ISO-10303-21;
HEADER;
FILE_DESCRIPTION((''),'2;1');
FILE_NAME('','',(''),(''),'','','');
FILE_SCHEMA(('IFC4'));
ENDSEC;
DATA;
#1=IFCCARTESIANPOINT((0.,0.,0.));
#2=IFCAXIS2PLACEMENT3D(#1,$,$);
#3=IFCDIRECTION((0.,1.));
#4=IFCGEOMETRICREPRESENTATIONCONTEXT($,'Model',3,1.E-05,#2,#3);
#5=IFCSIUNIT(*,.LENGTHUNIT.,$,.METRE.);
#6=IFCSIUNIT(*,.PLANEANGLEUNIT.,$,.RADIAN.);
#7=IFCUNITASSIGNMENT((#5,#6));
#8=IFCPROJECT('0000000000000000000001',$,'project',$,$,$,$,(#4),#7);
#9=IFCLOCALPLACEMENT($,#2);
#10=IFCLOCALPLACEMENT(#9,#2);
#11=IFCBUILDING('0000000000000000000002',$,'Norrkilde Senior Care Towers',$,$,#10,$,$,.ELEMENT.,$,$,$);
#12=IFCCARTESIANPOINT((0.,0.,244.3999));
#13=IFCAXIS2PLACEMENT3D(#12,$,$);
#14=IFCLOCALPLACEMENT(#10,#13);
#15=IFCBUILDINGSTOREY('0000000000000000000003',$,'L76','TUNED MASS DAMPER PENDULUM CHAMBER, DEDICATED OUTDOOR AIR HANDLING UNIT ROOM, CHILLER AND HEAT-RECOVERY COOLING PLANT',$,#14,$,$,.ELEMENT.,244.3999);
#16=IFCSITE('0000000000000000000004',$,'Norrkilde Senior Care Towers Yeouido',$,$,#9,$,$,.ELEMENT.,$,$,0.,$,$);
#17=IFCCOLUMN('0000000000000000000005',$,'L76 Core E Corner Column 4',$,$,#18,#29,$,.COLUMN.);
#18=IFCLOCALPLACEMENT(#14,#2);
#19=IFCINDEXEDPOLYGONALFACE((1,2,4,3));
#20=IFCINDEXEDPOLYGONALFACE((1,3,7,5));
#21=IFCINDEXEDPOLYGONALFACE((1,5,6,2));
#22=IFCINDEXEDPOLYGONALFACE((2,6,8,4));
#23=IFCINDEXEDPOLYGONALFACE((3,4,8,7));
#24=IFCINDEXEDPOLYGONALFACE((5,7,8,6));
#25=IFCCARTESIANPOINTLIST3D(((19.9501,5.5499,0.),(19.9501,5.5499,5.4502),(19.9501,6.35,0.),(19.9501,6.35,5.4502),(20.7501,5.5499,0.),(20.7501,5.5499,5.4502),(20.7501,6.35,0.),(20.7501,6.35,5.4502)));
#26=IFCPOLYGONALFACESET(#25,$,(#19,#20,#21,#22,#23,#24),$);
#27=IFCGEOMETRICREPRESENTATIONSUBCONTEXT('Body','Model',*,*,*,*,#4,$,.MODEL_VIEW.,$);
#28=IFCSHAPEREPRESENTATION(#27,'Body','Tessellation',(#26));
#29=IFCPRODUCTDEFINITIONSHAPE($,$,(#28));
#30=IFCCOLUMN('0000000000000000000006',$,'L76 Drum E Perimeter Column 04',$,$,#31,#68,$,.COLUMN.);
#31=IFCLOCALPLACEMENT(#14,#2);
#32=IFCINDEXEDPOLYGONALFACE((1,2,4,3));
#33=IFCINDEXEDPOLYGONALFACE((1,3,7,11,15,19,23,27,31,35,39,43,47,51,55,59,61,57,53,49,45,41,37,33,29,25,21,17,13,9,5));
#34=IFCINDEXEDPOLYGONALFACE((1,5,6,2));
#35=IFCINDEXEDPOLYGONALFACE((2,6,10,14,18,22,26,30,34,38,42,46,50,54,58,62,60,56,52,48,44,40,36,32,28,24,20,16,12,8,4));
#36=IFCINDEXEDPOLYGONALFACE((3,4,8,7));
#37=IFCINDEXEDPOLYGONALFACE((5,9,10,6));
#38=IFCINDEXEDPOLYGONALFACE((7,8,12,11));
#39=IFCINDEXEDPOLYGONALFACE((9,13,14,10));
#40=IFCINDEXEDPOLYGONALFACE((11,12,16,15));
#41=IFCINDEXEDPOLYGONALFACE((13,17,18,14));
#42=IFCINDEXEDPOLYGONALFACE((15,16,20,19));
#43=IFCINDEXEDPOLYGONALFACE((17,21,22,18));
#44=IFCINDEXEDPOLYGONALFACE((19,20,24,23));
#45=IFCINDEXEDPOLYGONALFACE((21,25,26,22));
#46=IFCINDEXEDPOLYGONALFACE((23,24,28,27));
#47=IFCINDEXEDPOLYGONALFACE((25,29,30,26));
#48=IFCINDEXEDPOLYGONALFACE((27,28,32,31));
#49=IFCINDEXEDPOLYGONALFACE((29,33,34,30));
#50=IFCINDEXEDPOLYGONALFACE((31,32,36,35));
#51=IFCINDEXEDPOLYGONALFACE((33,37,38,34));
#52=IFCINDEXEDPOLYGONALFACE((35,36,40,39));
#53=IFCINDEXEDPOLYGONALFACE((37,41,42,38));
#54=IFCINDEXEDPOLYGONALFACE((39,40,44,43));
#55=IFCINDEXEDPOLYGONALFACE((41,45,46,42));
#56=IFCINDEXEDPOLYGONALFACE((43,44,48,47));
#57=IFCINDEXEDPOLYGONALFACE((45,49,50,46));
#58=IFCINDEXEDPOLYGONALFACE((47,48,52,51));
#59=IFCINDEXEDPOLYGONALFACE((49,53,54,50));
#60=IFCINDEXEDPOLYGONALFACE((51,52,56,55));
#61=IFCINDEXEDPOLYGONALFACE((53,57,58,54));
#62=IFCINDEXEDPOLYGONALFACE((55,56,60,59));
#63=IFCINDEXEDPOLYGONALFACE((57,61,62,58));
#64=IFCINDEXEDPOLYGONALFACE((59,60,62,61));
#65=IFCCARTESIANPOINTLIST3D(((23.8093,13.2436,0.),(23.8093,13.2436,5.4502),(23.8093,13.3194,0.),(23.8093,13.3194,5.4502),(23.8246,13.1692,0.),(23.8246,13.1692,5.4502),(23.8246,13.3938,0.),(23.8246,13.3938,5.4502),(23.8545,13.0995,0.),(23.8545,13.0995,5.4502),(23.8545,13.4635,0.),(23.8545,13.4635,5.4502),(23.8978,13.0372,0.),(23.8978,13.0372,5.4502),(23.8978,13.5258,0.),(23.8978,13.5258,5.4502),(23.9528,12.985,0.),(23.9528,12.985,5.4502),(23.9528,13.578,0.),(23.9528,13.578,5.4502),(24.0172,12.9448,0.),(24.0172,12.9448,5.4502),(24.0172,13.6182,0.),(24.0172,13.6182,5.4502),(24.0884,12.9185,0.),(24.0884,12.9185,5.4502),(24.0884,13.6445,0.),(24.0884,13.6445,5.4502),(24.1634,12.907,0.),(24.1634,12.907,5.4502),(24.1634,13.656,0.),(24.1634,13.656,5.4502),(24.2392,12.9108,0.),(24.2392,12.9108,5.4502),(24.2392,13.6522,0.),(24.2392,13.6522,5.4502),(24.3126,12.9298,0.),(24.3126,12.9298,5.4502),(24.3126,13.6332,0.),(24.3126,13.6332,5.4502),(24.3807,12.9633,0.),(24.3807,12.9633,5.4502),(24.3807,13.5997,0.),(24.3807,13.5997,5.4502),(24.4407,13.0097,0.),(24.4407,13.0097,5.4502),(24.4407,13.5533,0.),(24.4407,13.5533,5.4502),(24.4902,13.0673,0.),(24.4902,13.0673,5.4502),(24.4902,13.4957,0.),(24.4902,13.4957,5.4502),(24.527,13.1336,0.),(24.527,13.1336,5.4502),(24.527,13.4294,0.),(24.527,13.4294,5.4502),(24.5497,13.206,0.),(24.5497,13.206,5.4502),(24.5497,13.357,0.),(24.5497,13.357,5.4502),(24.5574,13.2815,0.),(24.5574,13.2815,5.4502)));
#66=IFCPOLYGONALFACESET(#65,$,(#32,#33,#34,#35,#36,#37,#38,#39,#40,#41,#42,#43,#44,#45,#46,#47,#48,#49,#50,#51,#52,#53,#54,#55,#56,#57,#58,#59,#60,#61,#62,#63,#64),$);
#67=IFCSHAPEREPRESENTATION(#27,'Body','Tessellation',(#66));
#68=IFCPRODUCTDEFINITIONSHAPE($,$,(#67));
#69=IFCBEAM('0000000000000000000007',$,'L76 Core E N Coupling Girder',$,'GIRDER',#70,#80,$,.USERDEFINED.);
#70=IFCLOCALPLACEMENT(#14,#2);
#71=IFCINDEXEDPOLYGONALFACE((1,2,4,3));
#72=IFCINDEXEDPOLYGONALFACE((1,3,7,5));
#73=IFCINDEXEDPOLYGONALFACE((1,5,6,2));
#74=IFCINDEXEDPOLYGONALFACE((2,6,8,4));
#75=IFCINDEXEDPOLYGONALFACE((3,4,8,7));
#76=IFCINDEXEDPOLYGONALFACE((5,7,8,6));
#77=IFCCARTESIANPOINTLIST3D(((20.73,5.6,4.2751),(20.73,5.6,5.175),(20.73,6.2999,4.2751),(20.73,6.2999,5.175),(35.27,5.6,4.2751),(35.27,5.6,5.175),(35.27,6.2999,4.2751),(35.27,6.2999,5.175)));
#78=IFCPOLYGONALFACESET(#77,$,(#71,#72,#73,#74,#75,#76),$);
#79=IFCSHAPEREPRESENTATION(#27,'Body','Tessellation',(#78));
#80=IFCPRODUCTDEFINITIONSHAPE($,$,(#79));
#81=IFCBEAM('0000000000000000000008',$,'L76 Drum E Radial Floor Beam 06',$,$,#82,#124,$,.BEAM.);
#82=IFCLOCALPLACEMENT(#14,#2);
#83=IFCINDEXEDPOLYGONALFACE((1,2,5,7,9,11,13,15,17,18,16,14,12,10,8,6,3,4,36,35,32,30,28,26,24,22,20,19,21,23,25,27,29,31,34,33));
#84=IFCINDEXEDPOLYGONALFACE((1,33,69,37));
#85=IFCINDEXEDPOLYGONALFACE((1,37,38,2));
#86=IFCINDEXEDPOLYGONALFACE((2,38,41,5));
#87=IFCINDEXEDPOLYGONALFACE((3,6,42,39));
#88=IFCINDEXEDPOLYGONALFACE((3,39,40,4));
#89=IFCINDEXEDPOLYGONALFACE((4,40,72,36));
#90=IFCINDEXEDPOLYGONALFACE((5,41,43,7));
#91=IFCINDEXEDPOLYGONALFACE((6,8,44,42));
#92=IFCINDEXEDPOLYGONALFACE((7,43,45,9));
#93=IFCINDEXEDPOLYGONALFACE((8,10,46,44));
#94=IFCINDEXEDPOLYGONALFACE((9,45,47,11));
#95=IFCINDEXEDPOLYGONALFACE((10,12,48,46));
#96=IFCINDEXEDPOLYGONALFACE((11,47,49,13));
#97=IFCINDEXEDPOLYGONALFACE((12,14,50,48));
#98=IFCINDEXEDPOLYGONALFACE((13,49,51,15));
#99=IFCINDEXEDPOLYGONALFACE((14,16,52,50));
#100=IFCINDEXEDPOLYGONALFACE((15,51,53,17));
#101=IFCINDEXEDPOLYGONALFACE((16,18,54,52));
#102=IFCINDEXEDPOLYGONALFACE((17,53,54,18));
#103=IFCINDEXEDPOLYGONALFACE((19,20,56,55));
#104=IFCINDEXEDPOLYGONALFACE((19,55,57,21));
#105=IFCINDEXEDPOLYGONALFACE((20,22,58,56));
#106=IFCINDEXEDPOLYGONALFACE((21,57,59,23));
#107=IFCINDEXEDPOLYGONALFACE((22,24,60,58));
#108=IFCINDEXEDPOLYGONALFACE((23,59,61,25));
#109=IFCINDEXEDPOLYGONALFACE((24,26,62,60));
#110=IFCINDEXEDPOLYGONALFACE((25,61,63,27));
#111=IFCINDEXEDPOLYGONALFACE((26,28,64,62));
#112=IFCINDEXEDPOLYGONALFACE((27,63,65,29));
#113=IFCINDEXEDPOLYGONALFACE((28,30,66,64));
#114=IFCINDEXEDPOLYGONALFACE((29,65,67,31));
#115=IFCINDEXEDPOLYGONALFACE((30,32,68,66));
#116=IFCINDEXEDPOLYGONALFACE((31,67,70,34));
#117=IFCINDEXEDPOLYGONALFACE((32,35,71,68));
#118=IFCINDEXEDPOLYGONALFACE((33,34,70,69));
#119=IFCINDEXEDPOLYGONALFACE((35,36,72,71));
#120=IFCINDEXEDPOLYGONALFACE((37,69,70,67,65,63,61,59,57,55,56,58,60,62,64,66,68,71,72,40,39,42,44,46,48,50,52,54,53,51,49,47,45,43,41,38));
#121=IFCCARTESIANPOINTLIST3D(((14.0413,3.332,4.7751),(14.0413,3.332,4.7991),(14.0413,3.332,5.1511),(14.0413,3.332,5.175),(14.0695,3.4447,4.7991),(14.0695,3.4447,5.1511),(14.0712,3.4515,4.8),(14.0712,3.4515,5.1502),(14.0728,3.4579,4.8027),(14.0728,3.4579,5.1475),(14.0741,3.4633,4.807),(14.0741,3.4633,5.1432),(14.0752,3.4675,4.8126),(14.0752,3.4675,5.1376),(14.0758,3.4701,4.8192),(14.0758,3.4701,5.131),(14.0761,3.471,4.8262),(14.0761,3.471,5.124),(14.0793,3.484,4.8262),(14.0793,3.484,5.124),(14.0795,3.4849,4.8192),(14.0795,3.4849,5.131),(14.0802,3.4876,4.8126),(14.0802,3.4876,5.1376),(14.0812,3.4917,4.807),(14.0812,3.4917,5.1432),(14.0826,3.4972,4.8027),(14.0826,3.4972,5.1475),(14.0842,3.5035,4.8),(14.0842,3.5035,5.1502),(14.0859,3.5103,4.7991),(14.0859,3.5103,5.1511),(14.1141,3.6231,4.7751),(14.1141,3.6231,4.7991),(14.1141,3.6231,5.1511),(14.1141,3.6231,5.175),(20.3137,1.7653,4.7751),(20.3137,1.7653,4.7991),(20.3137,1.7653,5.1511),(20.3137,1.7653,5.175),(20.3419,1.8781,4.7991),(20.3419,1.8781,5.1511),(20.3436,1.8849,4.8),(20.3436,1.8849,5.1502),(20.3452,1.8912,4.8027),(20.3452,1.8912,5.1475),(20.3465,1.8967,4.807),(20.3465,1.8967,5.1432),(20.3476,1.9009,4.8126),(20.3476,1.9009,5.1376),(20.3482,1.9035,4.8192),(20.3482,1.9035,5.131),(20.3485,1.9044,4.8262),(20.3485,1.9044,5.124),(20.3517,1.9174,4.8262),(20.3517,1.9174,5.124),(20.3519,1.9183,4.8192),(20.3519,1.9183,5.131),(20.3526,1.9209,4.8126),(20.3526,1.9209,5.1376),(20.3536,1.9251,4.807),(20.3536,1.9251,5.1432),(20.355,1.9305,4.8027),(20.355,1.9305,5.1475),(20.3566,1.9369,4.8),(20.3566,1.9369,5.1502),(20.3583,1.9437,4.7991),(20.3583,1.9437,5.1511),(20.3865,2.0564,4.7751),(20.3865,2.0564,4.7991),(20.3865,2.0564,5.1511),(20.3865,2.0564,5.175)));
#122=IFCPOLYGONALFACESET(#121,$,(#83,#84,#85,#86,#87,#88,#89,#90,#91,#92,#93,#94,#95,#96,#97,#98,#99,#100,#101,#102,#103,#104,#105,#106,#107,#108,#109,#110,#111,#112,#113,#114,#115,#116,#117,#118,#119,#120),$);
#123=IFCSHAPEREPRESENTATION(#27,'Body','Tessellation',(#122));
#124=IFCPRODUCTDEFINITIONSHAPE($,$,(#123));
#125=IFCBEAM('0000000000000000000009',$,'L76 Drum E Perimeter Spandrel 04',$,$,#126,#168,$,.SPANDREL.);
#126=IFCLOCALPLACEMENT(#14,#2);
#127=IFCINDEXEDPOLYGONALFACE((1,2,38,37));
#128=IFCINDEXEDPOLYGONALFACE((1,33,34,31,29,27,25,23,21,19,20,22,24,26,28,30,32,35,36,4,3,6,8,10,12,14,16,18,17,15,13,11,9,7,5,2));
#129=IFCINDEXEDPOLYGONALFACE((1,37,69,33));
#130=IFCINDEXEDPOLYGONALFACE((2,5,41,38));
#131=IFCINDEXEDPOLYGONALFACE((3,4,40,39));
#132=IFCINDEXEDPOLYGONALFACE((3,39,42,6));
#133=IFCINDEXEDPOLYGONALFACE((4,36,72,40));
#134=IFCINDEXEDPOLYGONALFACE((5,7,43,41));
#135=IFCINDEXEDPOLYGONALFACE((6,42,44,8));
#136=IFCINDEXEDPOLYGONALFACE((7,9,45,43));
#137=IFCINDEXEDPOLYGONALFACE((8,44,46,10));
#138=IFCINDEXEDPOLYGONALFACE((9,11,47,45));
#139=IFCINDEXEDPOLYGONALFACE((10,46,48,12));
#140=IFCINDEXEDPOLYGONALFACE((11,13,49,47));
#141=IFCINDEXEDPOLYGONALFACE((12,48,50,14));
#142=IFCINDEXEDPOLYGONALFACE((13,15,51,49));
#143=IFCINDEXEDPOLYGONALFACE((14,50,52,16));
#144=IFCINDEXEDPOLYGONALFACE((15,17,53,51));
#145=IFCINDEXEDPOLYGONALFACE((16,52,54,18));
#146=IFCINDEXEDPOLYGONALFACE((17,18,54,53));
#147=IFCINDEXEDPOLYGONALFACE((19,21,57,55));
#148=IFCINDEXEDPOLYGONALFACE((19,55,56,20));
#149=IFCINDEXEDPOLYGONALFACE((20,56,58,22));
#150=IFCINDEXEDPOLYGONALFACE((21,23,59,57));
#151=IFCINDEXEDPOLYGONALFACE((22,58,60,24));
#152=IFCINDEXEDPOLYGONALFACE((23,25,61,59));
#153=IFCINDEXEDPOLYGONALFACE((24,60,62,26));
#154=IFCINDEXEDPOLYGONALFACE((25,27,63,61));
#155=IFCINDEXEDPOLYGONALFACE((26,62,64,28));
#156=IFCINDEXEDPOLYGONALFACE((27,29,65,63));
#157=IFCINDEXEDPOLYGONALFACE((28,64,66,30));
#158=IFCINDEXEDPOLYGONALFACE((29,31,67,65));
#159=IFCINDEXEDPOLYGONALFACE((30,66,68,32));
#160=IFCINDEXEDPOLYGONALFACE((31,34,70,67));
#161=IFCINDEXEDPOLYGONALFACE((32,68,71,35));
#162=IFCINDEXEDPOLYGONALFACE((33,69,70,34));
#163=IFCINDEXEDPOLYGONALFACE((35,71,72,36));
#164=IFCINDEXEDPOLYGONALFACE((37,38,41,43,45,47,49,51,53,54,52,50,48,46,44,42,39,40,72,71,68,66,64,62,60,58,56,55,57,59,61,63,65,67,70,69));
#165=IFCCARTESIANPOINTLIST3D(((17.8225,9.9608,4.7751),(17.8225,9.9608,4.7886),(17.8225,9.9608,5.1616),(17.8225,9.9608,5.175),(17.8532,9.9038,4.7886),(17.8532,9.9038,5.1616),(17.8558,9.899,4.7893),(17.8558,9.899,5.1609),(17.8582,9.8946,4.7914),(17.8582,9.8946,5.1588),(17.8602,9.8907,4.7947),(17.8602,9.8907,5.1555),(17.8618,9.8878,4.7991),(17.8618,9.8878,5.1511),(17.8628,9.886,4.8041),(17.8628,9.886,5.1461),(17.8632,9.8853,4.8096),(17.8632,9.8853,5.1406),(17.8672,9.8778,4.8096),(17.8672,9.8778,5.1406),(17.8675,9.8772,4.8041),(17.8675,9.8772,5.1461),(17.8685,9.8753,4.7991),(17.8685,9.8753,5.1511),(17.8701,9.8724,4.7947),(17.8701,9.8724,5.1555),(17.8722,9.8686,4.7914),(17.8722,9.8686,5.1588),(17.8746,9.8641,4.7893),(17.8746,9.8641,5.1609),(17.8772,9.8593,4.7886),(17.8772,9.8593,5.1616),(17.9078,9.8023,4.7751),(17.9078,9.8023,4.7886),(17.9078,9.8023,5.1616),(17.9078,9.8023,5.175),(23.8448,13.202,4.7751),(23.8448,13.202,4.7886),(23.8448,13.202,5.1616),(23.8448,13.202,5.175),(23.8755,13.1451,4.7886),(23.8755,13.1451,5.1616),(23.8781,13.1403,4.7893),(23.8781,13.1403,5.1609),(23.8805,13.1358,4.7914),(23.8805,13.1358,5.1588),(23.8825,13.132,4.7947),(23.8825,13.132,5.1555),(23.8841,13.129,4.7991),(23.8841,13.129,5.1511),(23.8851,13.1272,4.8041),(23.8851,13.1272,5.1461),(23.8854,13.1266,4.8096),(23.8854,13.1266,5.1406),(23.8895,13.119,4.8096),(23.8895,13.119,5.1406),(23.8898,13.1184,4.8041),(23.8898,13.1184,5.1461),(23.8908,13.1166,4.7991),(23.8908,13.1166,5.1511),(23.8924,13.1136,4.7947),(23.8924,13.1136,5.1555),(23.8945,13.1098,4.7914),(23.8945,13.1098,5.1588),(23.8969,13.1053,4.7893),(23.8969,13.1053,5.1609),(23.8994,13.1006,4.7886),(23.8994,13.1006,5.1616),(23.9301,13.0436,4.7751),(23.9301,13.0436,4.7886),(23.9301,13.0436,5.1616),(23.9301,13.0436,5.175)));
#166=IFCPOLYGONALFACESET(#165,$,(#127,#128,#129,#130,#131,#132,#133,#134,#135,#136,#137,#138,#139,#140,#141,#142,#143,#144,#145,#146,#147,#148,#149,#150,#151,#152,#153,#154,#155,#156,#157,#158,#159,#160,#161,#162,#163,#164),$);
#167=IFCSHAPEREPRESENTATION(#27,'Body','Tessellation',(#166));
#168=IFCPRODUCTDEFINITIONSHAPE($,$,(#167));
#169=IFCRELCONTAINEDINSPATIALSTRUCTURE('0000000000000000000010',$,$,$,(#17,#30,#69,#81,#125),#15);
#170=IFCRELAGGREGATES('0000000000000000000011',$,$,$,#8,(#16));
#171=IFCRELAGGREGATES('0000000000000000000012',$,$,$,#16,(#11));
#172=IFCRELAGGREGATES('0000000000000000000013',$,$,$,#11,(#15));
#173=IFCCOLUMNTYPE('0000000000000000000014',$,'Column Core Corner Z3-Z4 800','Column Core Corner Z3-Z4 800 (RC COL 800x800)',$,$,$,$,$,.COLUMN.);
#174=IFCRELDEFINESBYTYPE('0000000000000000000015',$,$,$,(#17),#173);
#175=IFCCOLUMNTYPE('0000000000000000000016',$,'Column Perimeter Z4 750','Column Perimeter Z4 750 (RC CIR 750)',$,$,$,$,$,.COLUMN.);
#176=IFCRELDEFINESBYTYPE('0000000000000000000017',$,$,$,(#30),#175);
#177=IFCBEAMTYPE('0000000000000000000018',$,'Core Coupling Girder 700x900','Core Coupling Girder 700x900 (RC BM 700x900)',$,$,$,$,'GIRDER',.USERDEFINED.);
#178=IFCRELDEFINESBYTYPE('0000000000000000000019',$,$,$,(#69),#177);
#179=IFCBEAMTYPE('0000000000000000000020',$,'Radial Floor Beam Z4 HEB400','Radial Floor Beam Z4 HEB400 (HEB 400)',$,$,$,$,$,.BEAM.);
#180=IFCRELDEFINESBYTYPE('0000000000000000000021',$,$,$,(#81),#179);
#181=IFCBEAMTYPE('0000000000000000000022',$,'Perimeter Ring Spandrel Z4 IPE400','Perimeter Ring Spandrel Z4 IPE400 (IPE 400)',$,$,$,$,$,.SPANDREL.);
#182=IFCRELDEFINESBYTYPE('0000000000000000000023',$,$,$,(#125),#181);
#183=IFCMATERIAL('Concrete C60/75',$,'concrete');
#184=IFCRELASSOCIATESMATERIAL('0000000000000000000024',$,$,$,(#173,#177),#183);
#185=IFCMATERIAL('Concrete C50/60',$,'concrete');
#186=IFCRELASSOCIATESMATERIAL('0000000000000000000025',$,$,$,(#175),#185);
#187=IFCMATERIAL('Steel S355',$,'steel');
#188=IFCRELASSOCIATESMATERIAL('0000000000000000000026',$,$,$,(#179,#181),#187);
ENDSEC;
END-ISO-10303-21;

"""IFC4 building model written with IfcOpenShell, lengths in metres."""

from ifc_helpers import new_model, si_unit, direction, frame, origin, origin_2d, place, context, subcontext, project, spatial, rectangle, circle, i_section, extrude, source, transform, mapped, material, material_profile, profile_set, type_object, type_shapes, element, save


model = new_model("IFC4")

# Units and contexts
model_context = context("Model", 3, precision=1e-05, world=origin(), true_north=direction((0.0, 1.0)))
body_context = subcontext(model_context, "Body", "Model", "MODEL_VIEW")
ifc_project = project(units=[si_unit("LENGTHUNIT", "METRE"), si_unit("PLANEANGLEUNIT", "RADIAN")], contexts=[model_context])

# Site, building, storey
site_placement = place(None, origin())
site = spatial("IfcSite", under=ifc_project, at=site_placement, Name="Norrkilde Senior Care Towers Yeouido", CompositionType="ELEMENT", RefElevation=0.0)
building_placement = place(site_placement, origin())
building = spatial("IfcBuilding", under=site, at=building_placement, Name="Norrkilde Senior Care Towers", CompositionType="ELEMENT")
storey_placement = place(building_placement, frame((0.0, 0.0, 244.3999)))
storey = spatial("IfcBuildingStorey", under=building, at=storey_placement, Name="L76", Description="TUNED MASS DAMPER PENDULUM CHAMBER, DEDICATED OUTDOOR AIR HANDLING UNIT ROOM, CHILLER AND HEAT-RECOVERY COOLING PLANT", CompositionType="ELEMENT", Elevation=244.3999)

# Columns
ifc_material_1 = material(Name="Concrete C60/75", Category="concrete")
ifc_material_profile_1 = material_profile(ifc_material_1, rectangle(XDim=0.8, YDim=0.8, at=origin_2d()), Name="RC COL 800x800")
ifc_profile_set_1 = profile_set([ifc_material_profile_1], Name="Concrete C60/75")
column_type_1 = type_object("IfcColumnType", Name="Column Core Corner Z3-Z4 800", Description="Column Core Corner Z3-Z4 800 (RC COL 800x800)", PredefinedType="COLUMN", material=ifc_profile_set_1)
shared_shape_1 = source(origin(), body_context, "Body", "SweptSolid", [
    extrude(rectangle(XDim=0.8, YDim=0.8, at=origin_2d()), origin(), (0.0, 0.0, 1.0), 5.4502),
])
type_shapes(column_type_1, [shared_shape_1])
column_1_placement = place(storey_placement, frame((20.3501, 5.95, 0.0), z_axis=(0.0, 0.0, 1.0), x_axis=(1.0, 0.0, 0.0)))
element("IfcColumn", 1, at=column_1_placement, inside=storey, type_object=column_type_1, Name="L76 Core E Corner Column 4", PredefinedType="COLUMN", context=body_context, shape_type="MappedRepresentation", body=[
    mapped(shared_shape_1, transform((0.0, 0.0, 0.0), x_axis=(1.0, 0.0, 0.0), y_axis=(0.0, 1.0, 0.0), z_axis=(0.0, 0.0, 1.0), scale=1.0)),
])
ifc_material_2 = material(Name="Concrete C50/60", Category="concrete")
ifc_material_profile_2 = material_profile(ifc_material_2, circle(Radius=0.375, at=origin_2d()), Name="RC CIR 750")
ifc_profile_set_2 = profile_set([ifc_material_profile_2], Name="Concrete C50/60")
column_type_2 = type_object("IfcColumnType", Name="Column Perimeter Z4 750", Description="Column Perimeter Z4 750 (RC CIR 750)", PredefinedType="COLUMN", material=ifc_profile_set_2)
shared_shape_2 = source(origin(), body_context, "Body", "SweptSolid", [
    extrude(circle(Radius=0.375, at=origin_2d()), origin(), (0.0, 0.0, 1.0), 5.4502),
])
type_shapes(column_type_2, [shared_shape_2])
column_2_placement = place(storey_placement, frame((24.1824, 13.2815, 0.0), z_axis=(0.0, 0.0, 1.0), x_axis=(1.0, 0.0, 0.0)))
element("IfcColumn", 2, at=column_2_placement, inside=storey, type_object=column_type_2, Name="L76 Drum E Perimeter Column 04", PredefinedType="COLUMN", context=body_context, shape_type="MappedRepresentation", body=[
    mapped(shared_shape_2, transform((0.0, 0.0, 0.0), x_axis=(1.0, 0.0, 0.0), y_axis=(0.0, 1.0, 0.0), z_axis=(0.0, 0.0, 1.0), scale=1.0)),
])

# Beams
ifc_material_profile_3 = material_profile(ifc_material_1, rectangle(XDim=0.7, YDim=0.8999, at=origin_2d()), Name="RC BM 700x900")
ifc_profile_set_3 = profile_set([ifc_material_profile_3], Name="Concrete C60/75")
beam_type_1 = type_object("IfcBeamType", Name="Core Coupling Girder 700x900", Description="Core Coupling Girder 700x900 (RC BM 700x900)", ElementType="GIRDER", PredefinedType="USERDEFINED", material=ifc_profile_set_3)
shared_shape_3 = source(origin(), body_context, "Body", "SweptSolid", [
    extrude(rectangle(XDim=0.7, YDim=0.8999, at=origin_2d()), origin(), (0.0, 0.0, 1.0), 14.54),
])
type_shapes(beam_type_1, [shared_shape_3])
beam_1_placement = place(storey_placement, frame((20.73, 5.95, 4.7251), z_axis=(1.0, 0.0, 0.0), x_axis=(0.0, 1.0, 0.0)))
element("IfcBeam", 3, at=beam_1_placement, inside=storey, type_object=beam_type_1, Name="L76 Core E N Coupling Girder", ObjectType="GIRDER", PredefinedType="USERDEFINED", context=body_context, shape_type="MappedRepresentation", body=[
    mapped(shared_shape_3, transform((0.0, 0.0, 0.0), x_axis=(1.0, 0.0, 0.0), y_axis=(0.0, 1.0, 0.0), z_axis=(0.0, 0.0, 1.0), scale=1.0)),
])
ifc_material_3 = material(Name="Steel S355", Category="steel")
ifc_material_profile_4 = material_profile(ifc_material_3, i_section(OverallWidth=0.3, OverallDepth=0.3999, WebThickness=0.0134, FlangeThickness=0.0239, FilletRadius=0.0271, at=origin_2d()), Name="HEB 400")
ifc_profile_set_4 = profile_set([ifc_material_profile_4], Name="Steel S355")
beam_type_2 = type_object("IfcBeamType", Name="Radial Floor Beam Z4 HEB400", Description="Radial Floor Beam Z4 HEB400 (HEB 400)", PredefinedType="BEAM", material=ifc_profile_set_4)
shared_shape_4 = source(origin(), body_context, "Body", "SweptSolid", [
    extrude(i_section(OverallWidth=0.3, OverallDepth=0.3999, WebThickness=0.0134, FlangeThickness=0.0239, FilletRadius=0.0271, at=origin_2d()), origin(), (0.0, 0.0, 1.0), 6.4651),
])
beam_2_placement = place(storey_placement, frame((20.3501, 1.9109, 4.9751), z_axis=(-0.970196, 0.242322, 0.0), x_axis=(-0.242322, -0.970196, 0.0)))
element("IfcBeam", 4, at=beam_2_placement, inside=storey, type_object=beam_type_2, Name="L76 Drum E Radial Floor Beam 06", PredefinedType="BEAM", context=body_context, shape_type="MappedRepresentation", body=[
    mapped(shared_shape_4, transform((0.0, 0.0, 0.0), x_axis=(1.0, 0.0, 0.0), y_axis=(0.0, 1.0, 0.0), z_axis=(0.0, 0.0, 1.0), scale=1.0)),
])
ifc_material_profile_5 = material_profile(ifc_material_3, i_section(OverallWidth=0.1799, OverallDepth=0.3999, WebThickness=0.0085, FlangeThickness=0.0134, FilletRadius=0.021, at=origin_2d()), Name="IPE 400")
ifc_profile_set_5 = profile_set([ifc_material_profile_5], Name="Steel S355")
beam_type_3 = type_object("IfcBeamType", Name="Perimeter Ring Spandrel Z4 IPE400", Description="Perimeter Ring Spandrel Z4 IPE400 (IPE 400)", PredefinedType="SPANDREL", material=ifc_profile_set_5)
shared_shape_5 = source(origin(), body_context, "Body", "SweptSolid", [
    extrude(i_section(OverallWidth=0.1799, OverallDepth=0.3999, WebThickness=0.0085, FlangeThickness=0.0134, FilletRadius=0.021, at=origin_2d()), origin(), (0.0, 0.0, 1.0), 6.8391),
])
type_shapes(beam_type_3, [shared_shape_5])
beam_3_placement = place(storey_placement, frame((23.8875, 13.1228, 4.9751), z_axis=(-0.880564, -0.473927, 0.0), x_axis=(0.473927, -0.880564, 0.0)))
element("IfcBeam", 5, at=beam_3_placement, inside=storey, type_object=beam_type_3, Name="L76 Drum E Perimeter Spandrel 04", PredefinedType="SPANDREL", context=body_context, shape_type="MappedRepresentation", body=[
    mapped(shared_shape_5, transform((0.0, 0.0, 0.0), x_axis=(1.0, 0.0, 0.0), y_axis=(0.0, 1.0, 0.0), z_axis=(0.0, 0.0, 1.0), scale=1.0)),
])

save(model, "model.ifc")
